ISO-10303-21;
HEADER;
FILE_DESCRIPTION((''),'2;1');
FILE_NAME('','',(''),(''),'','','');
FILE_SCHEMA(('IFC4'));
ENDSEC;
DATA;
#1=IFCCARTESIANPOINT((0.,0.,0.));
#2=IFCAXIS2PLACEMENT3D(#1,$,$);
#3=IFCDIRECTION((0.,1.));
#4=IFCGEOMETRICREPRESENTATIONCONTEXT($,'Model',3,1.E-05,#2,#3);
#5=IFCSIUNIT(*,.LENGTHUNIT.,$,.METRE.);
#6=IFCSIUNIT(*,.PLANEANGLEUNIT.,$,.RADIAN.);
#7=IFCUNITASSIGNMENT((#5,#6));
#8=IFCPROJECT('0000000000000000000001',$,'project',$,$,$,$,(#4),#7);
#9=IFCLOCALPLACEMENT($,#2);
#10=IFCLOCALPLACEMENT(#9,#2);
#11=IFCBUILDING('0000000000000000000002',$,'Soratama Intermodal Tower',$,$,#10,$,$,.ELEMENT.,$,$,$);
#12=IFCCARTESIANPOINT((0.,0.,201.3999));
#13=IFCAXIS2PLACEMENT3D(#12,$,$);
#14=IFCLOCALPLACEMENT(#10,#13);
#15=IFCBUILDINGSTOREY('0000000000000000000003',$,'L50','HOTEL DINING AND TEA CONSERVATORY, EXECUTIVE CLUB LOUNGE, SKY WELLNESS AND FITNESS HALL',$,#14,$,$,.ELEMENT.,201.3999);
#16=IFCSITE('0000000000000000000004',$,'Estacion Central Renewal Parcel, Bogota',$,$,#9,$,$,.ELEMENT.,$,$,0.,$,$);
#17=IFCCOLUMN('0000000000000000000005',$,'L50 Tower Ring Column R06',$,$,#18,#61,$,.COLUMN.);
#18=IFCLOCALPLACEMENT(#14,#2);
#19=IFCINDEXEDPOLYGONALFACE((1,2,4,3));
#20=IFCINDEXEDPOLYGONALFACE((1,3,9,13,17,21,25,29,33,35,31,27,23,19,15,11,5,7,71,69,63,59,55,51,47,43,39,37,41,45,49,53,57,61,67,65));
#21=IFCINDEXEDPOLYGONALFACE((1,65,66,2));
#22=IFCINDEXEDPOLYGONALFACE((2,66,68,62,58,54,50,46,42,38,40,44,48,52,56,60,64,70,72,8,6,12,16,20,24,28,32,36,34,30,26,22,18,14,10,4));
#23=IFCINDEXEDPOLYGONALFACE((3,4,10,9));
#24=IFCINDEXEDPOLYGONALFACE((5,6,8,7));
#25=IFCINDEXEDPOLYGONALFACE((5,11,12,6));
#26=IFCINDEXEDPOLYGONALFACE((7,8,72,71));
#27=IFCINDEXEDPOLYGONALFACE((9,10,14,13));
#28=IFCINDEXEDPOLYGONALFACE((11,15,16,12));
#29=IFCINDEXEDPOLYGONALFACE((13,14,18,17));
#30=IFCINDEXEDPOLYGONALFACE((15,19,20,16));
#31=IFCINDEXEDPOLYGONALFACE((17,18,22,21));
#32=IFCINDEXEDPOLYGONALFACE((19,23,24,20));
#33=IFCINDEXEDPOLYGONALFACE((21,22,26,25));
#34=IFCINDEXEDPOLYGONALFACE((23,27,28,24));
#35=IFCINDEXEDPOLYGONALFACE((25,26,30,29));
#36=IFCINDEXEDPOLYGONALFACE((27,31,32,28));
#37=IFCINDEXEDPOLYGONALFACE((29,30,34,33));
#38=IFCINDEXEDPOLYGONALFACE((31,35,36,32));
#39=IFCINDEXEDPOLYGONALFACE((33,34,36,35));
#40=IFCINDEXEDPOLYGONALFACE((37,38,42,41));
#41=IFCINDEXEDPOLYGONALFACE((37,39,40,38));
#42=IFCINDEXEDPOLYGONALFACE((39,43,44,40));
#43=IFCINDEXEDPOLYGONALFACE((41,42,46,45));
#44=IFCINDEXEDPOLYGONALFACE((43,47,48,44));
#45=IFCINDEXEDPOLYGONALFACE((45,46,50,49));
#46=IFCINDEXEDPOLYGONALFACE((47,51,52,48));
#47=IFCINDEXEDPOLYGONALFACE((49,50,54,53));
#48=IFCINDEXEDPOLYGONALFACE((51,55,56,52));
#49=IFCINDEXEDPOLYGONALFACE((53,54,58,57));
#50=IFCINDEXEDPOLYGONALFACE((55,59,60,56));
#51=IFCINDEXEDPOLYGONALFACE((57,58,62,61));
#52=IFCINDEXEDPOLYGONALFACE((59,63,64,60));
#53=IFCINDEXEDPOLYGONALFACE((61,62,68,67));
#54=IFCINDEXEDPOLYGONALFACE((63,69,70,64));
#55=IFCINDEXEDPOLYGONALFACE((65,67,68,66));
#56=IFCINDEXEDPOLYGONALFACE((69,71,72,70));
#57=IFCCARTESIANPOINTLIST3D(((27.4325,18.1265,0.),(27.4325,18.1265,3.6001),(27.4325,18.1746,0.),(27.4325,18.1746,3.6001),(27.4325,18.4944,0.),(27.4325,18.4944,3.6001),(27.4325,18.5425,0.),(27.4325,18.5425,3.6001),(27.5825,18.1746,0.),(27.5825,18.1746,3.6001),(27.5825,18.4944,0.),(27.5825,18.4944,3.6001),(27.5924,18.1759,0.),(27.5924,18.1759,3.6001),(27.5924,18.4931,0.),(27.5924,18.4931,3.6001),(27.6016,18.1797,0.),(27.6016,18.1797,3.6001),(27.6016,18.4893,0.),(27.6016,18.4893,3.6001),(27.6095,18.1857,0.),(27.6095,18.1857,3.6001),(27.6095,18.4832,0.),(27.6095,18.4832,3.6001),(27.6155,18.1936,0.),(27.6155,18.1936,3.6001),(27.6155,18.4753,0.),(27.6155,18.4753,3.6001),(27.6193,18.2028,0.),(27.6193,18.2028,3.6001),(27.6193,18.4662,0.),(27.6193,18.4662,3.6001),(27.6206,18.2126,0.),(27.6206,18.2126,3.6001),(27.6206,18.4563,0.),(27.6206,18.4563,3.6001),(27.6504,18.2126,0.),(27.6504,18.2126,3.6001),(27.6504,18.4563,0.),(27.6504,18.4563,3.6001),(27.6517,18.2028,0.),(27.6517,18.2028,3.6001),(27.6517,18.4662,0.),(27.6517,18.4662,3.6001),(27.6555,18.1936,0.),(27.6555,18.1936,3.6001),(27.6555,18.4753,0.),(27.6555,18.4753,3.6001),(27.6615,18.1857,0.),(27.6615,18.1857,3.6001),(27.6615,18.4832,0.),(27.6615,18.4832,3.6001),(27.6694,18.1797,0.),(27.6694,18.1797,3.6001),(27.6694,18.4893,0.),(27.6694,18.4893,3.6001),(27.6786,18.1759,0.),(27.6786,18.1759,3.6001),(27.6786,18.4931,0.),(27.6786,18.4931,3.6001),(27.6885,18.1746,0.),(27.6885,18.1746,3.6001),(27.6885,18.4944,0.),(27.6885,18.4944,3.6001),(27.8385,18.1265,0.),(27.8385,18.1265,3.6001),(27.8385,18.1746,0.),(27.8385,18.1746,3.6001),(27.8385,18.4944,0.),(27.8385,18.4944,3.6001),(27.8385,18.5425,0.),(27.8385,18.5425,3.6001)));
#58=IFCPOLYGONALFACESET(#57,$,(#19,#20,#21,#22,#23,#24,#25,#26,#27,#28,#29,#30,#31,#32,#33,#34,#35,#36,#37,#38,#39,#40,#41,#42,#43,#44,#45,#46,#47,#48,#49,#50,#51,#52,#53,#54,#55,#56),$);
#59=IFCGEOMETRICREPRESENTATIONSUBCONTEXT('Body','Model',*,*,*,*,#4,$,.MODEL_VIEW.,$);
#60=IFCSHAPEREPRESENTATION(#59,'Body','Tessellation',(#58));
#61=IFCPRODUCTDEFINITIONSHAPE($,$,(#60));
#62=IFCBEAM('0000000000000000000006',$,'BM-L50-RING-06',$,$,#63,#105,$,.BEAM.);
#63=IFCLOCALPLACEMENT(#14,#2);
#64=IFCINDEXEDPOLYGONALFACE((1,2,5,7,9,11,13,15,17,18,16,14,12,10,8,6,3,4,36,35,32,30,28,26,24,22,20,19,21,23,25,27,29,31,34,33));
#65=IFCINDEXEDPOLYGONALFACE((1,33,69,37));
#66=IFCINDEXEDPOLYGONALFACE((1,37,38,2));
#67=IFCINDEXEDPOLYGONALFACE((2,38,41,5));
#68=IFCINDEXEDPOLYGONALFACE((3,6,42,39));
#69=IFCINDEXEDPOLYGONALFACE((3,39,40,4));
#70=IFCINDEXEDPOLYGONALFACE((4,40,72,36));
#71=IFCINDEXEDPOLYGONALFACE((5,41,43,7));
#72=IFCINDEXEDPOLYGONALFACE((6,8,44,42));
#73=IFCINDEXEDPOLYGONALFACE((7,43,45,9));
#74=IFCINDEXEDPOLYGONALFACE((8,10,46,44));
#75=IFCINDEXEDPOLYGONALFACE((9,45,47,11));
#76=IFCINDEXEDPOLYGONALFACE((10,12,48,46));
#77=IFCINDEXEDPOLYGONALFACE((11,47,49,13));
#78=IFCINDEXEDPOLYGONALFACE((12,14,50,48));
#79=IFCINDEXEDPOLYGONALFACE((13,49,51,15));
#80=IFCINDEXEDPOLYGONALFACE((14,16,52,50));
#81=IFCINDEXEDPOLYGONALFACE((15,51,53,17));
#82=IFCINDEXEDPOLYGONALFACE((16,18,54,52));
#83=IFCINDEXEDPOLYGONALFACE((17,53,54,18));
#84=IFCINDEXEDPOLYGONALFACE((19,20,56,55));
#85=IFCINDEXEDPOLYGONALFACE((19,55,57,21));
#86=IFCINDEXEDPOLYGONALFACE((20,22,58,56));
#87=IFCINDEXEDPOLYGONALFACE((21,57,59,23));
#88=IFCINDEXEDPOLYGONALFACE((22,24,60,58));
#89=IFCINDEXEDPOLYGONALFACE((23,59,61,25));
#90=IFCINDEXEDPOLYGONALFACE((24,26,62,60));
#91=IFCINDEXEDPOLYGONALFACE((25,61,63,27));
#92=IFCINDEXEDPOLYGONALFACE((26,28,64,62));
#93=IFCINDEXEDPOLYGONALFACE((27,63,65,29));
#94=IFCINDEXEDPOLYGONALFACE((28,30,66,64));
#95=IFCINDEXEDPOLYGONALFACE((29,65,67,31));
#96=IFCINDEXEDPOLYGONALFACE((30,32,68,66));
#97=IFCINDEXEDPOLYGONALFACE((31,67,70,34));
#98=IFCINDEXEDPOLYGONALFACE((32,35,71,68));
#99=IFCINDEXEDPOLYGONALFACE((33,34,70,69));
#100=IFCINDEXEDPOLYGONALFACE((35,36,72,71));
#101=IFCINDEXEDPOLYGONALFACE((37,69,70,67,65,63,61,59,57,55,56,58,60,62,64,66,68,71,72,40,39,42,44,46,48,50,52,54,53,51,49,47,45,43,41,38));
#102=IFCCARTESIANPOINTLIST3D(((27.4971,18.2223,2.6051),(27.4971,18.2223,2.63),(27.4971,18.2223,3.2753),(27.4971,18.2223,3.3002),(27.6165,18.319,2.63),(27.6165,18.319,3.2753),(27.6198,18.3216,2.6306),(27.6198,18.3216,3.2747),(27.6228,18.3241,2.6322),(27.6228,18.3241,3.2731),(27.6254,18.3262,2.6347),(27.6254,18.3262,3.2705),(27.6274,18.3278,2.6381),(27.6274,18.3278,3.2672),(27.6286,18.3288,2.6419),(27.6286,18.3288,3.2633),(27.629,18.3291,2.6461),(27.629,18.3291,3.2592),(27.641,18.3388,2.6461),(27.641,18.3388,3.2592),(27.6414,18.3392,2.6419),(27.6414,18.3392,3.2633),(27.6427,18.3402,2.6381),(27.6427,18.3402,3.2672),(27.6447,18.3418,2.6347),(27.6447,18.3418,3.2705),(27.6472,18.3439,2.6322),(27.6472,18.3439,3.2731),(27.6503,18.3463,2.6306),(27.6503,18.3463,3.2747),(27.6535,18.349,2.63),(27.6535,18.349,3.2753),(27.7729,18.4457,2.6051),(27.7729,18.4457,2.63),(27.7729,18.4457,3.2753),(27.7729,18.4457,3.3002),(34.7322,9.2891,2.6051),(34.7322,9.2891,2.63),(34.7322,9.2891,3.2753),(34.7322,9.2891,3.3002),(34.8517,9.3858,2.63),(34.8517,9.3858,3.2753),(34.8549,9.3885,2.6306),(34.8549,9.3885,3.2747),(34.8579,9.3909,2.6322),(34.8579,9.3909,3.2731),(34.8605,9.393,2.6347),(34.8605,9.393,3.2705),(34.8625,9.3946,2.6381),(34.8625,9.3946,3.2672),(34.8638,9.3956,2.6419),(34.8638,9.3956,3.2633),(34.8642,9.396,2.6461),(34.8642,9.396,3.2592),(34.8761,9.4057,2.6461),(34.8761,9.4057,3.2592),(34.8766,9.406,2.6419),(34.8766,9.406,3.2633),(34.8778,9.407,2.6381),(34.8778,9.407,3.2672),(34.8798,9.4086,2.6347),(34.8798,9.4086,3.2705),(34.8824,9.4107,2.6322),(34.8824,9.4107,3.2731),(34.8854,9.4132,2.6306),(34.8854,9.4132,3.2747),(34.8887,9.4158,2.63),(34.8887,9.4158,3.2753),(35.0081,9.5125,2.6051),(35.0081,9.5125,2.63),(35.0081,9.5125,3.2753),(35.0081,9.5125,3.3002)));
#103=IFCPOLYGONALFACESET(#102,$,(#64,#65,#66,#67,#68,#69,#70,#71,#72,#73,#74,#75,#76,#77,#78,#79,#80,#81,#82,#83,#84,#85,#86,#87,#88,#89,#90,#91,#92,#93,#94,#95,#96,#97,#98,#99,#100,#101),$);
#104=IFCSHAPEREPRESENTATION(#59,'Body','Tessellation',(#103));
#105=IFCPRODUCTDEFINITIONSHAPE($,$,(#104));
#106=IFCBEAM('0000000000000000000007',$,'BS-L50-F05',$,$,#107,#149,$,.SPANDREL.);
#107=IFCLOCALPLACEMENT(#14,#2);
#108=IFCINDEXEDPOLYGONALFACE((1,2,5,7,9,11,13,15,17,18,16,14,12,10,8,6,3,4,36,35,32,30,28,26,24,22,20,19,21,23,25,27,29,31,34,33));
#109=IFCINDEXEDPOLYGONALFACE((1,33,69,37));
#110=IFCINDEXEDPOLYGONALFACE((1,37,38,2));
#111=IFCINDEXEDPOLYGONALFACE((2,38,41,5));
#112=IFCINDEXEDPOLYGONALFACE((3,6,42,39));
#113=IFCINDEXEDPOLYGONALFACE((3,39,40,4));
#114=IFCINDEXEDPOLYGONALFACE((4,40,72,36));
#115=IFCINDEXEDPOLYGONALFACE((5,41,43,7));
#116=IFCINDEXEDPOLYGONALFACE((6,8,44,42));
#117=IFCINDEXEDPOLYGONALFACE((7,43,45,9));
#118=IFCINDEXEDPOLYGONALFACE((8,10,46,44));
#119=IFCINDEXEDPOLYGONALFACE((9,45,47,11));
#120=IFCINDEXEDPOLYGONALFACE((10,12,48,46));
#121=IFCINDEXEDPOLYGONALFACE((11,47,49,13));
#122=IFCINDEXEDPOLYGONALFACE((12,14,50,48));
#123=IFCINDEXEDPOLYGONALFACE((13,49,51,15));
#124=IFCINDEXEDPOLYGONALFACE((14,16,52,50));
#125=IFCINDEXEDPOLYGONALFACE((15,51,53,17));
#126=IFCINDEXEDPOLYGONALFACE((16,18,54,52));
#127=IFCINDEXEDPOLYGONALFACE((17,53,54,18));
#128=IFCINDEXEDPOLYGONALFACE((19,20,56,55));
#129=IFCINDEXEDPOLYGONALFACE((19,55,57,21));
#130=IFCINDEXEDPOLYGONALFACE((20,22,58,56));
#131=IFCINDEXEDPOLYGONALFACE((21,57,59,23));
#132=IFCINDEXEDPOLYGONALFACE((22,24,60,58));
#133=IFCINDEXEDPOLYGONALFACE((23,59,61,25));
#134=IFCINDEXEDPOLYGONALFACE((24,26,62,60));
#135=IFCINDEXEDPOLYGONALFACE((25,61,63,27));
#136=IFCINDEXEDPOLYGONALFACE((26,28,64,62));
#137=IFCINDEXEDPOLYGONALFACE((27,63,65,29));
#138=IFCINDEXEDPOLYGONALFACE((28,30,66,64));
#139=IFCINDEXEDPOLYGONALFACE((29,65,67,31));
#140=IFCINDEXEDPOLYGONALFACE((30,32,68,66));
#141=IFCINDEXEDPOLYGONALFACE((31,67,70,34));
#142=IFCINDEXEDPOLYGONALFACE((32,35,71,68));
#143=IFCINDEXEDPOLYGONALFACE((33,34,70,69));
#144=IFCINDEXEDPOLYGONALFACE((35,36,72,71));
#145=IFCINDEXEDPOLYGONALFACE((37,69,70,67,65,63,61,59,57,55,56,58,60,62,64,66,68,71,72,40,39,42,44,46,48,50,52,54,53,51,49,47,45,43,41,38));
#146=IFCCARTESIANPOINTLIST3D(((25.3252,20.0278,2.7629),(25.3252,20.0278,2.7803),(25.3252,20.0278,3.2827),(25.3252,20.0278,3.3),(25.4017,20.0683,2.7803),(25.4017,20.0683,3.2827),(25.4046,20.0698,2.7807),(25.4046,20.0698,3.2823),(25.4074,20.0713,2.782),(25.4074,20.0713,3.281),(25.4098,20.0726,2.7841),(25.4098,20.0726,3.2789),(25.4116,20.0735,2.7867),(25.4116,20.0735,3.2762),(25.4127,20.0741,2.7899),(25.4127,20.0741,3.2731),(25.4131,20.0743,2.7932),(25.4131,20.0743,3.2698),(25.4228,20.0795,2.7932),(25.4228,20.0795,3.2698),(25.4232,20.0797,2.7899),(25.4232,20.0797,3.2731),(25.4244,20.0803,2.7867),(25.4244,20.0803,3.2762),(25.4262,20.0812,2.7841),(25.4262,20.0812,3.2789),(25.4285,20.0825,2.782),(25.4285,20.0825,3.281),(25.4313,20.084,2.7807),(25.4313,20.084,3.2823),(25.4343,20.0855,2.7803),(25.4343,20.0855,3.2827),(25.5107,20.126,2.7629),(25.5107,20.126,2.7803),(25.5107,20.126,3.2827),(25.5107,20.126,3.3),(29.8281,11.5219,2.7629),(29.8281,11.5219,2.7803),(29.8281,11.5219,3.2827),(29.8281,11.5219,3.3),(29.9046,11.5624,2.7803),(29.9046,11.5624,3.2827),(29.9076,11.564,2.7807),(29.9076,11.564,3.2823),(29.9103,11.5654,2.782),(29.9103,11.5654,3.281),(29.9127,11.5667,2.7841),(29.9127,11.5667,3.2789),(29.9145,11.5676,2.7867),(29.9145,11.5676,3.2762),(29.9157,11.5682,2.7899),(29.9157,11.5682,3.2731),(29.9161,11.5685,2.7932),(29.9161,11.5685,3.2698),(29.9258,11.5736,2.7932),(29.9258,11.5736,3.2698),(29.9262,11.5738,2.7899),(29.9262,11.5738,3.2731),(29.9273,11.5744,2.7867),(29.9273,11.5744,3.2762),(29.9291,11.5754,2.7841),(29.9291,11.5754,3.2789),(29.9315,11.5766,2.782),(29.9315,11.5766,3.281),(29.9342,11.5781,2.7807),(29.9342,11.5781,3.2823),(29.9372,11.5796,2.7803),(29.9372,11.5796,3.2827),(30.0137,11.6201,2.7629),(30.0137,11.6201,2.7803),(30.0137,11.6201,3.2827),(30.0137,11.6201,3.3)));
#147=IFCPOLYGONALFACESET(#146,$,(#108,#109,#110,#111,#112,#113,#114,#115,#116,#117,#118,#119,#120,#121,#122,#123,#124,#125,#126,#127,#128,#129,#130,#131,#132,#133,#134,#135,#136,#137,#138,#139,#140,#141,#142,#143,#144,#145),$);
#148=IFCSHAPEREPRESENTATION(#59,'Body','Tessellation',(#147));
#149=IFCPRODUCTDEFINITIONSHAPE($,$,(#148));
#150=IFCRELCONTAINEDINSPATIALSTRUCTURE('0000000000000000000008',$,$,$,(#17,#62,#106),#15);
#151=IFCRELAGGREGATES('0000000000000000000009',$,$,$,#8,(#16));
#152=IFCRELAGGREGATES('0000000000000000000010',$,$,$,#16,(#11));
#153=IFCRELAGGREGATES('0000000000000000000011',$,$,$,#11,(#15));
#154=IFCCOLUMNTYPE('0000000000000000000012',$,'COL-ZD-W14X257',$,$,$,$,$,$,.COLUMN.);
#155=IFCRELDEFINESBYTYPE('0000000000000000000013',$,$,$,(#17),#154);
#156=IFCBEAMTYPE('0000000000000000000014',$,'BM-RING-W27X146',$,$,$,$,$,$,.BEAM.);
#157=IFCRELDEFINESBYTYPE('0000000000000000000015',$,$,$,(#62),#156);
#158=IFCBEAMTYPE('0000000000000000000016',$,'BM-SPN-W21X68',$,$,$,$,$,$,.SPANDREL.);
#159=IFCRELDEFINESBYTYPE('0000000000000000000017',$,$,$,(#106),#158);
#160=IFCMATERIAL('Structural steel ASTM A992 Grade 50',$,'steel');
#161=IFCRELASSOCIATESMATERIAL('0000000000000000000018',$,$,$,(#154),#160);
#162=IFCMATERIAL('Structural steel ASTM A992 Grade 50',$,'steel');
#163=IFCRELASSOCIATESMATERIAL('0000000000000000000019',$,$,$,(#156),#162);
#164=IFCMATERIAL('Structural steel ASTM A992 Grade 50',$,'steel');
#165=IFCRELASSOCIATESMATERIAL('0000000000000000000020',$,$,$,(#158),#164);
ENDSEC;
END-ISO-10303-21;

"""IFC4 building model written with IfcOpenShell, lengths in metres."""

from ifc_helpers import new_model, si_unit, direction, frame, origin, origin_2d, place, context, subcontext, project, spatial, i_section, extrude, material, material_profile, profile_set, type_object, element, save


model = new_model("IFC4")

# Units and contexts
model_context = context("Model", 3, precision=1e-05, world=origin(), true_north=direction((0.0, 1.0)))
body_context = subcontext(model_context, "Body", "Model", "MODEL_VIEW")
ifc_project = project(units=[si_unit("LENGTHUNIT", "METRE"), si_unit("PLANEANGLEUNIT", "RADIAN")], contexts=[model_context])

# Site, building, storey
site_placement = place(None, origin())
site = spatial("IfcSite", under=ifc_project, at=site_placement, Name="Estacion Central Renewal Parcel, Bogota", CompositionType="ELEMENT", RefElevation=0.0)
building_placement = place(site_placement, origin())
building = spatial("IfcBuilding", under=site, at=building_placement, Name="Soratama Intermodal Tower", CompositionType="ELEMENT")
storey_placement = place(building_placement, frame((0.0, 0.0, 201.3999)))
storey = spatial("IfcBuildingStorey", under=building, at=storey_placement, Name="L50", Description="HOTEL DINING AND TEA CONSERVATORY, EXECUTIVE CLUB LOUNGE, SKY WELLNESS AND FITNESS HALL", CompositionType="ELEMENT", Elevation=201.3999)

# Column
ifc_material_1 = material(Name="Structural steel ASTM A992 Grade 50", Category="steel")
ifc_material_profile_1 = material_profile(ifc_material_1, i_section(OverallWidth=0.406, OverallDepth=0.416, WebThickness=0.0298, FlangeThickness=0.0481, FilletRadius=0.0381, at=origin_2d()), Name="W14X257")
ifc_profile_set_1 = profile_set([ifc_material_profile_1], Name="Structural steel ASTM A992 Grade 50")
column_type = type_object("IfcColumnType", Name="COL-ZD-W14X257", PredefinedType="COLUMN", material=ifc_profile_set_1)
column_placement = place(storey_placement, frame((27.6355, 18.3345, 0.0), z_axis=(0.0, 0.0, 1.0), x_axis=(1.0, 0.0, 0.0)))
element("IfcColumn", 1, at=column_placement, inside=storey, type_object=column_type, Name="L50 Tower Ring Column R06", PredefinedType="COLUMN", context=body_context, shape_type="SweptSolid", body=[
    extrude(i_section(OverallWidth=0.406, OverallDepth=0.416, WebThickness=0.0298, FlangeThickness=0.0481, FilletRadius=0.0381, at=origin_2d()), origin(), (0.0, 0.0, 1.0), 3.6001),
])

# Beams
ifc_material_2 = material(Name="Structural steel ASTM A992 Grade 50", Category="steel")
ifc_material_profile_2 = material_profile(ifc_material_2, i_section(OverallWidth=0.355, OverallDepth=0.6951, WebThickness=0.0154, FlangeThickness=0.0249, FilletRadius=0.0161, at=origin_2d()), Name="W27X146")
ifc_profile_set_2 = profile_set([ifc_material_profile_2], Name="Structural steel ASTM A992 Grade 50")
beam_type_1 = type_object("IfcBeamType", Name="BM-RING-W27X146", PredefinedType="BEAM", material=ifc_profile_set_2)
beam_1_placement = place(storey_placement, frame((27.635, 18.334, 2.9526), z_axis=(0.629385, -0.777094, 0.0), x_axis=(0.777094, 0.629385, 0.0)))
element("IfcBeam", 2, at=beam_1_placement, inside=storey, type_object=beam_type_1, Name="BM-L50-RING-06", PredefinedType="BEAM", context=body_context, shape_type="SweptSolid", body=[
    extrude(i_section(OverallWidth=0.355, OverallDepth=0.6951, WebThickness=0.0154, FlangeThickness=0.0249, FilletRadius=0.0161, at=origin_2d()), origin(), (0.0, 0.0, 1.0), 11.4956),
])
ifc_material_3 = material(Name="Structural steel ASTM A992 Grade 50", Category="steel")
ifc_material_profile_3 = material_profile(ifc_material_3, i_section(OverallWidth=0.21, OverallDepth=0.5371, WebThickness=0.011, FlangeThickness=0.0173, FilletRadius=0.0129, at=origin_2d()), Name="W21X68")
ifc_profile_set_3 = profile_set([ifc_material_profile_3], Name="Structural steel ASTM A992 Grade 50")
beam_type_2 = type_object("IfcBeamType", Name="BM-SPN-W21X68", PredefinedType="SPANDREL", material=ifc_profile_set_3)
beam_2_placement = place(storey_placement, frame((25.418, 20.0769, 3.0315), z_axis=(0.467874, -0.883795, 0.0), x_axis=(0.883795, 0.467874, 0.0)))
element("IfcBeam", 3, at=beam_2_placement, inside=storey, type_object=beam_type_2, Name="BS-L50-F05", PredefinedType="SPANDREL", context=body_context, shape_type="SweptSolid", body=[
    extrude(i_section(OverallWidth=0.21, OverallDepth=0.5371, WebThickness=0.011, FlangeThickness=0.0173, FilletRadius=0.0129, at=origin_2d()), origin(), (0.0, 0.0, 1.0), 9.6243),
])

save(model, "model.ifc")
